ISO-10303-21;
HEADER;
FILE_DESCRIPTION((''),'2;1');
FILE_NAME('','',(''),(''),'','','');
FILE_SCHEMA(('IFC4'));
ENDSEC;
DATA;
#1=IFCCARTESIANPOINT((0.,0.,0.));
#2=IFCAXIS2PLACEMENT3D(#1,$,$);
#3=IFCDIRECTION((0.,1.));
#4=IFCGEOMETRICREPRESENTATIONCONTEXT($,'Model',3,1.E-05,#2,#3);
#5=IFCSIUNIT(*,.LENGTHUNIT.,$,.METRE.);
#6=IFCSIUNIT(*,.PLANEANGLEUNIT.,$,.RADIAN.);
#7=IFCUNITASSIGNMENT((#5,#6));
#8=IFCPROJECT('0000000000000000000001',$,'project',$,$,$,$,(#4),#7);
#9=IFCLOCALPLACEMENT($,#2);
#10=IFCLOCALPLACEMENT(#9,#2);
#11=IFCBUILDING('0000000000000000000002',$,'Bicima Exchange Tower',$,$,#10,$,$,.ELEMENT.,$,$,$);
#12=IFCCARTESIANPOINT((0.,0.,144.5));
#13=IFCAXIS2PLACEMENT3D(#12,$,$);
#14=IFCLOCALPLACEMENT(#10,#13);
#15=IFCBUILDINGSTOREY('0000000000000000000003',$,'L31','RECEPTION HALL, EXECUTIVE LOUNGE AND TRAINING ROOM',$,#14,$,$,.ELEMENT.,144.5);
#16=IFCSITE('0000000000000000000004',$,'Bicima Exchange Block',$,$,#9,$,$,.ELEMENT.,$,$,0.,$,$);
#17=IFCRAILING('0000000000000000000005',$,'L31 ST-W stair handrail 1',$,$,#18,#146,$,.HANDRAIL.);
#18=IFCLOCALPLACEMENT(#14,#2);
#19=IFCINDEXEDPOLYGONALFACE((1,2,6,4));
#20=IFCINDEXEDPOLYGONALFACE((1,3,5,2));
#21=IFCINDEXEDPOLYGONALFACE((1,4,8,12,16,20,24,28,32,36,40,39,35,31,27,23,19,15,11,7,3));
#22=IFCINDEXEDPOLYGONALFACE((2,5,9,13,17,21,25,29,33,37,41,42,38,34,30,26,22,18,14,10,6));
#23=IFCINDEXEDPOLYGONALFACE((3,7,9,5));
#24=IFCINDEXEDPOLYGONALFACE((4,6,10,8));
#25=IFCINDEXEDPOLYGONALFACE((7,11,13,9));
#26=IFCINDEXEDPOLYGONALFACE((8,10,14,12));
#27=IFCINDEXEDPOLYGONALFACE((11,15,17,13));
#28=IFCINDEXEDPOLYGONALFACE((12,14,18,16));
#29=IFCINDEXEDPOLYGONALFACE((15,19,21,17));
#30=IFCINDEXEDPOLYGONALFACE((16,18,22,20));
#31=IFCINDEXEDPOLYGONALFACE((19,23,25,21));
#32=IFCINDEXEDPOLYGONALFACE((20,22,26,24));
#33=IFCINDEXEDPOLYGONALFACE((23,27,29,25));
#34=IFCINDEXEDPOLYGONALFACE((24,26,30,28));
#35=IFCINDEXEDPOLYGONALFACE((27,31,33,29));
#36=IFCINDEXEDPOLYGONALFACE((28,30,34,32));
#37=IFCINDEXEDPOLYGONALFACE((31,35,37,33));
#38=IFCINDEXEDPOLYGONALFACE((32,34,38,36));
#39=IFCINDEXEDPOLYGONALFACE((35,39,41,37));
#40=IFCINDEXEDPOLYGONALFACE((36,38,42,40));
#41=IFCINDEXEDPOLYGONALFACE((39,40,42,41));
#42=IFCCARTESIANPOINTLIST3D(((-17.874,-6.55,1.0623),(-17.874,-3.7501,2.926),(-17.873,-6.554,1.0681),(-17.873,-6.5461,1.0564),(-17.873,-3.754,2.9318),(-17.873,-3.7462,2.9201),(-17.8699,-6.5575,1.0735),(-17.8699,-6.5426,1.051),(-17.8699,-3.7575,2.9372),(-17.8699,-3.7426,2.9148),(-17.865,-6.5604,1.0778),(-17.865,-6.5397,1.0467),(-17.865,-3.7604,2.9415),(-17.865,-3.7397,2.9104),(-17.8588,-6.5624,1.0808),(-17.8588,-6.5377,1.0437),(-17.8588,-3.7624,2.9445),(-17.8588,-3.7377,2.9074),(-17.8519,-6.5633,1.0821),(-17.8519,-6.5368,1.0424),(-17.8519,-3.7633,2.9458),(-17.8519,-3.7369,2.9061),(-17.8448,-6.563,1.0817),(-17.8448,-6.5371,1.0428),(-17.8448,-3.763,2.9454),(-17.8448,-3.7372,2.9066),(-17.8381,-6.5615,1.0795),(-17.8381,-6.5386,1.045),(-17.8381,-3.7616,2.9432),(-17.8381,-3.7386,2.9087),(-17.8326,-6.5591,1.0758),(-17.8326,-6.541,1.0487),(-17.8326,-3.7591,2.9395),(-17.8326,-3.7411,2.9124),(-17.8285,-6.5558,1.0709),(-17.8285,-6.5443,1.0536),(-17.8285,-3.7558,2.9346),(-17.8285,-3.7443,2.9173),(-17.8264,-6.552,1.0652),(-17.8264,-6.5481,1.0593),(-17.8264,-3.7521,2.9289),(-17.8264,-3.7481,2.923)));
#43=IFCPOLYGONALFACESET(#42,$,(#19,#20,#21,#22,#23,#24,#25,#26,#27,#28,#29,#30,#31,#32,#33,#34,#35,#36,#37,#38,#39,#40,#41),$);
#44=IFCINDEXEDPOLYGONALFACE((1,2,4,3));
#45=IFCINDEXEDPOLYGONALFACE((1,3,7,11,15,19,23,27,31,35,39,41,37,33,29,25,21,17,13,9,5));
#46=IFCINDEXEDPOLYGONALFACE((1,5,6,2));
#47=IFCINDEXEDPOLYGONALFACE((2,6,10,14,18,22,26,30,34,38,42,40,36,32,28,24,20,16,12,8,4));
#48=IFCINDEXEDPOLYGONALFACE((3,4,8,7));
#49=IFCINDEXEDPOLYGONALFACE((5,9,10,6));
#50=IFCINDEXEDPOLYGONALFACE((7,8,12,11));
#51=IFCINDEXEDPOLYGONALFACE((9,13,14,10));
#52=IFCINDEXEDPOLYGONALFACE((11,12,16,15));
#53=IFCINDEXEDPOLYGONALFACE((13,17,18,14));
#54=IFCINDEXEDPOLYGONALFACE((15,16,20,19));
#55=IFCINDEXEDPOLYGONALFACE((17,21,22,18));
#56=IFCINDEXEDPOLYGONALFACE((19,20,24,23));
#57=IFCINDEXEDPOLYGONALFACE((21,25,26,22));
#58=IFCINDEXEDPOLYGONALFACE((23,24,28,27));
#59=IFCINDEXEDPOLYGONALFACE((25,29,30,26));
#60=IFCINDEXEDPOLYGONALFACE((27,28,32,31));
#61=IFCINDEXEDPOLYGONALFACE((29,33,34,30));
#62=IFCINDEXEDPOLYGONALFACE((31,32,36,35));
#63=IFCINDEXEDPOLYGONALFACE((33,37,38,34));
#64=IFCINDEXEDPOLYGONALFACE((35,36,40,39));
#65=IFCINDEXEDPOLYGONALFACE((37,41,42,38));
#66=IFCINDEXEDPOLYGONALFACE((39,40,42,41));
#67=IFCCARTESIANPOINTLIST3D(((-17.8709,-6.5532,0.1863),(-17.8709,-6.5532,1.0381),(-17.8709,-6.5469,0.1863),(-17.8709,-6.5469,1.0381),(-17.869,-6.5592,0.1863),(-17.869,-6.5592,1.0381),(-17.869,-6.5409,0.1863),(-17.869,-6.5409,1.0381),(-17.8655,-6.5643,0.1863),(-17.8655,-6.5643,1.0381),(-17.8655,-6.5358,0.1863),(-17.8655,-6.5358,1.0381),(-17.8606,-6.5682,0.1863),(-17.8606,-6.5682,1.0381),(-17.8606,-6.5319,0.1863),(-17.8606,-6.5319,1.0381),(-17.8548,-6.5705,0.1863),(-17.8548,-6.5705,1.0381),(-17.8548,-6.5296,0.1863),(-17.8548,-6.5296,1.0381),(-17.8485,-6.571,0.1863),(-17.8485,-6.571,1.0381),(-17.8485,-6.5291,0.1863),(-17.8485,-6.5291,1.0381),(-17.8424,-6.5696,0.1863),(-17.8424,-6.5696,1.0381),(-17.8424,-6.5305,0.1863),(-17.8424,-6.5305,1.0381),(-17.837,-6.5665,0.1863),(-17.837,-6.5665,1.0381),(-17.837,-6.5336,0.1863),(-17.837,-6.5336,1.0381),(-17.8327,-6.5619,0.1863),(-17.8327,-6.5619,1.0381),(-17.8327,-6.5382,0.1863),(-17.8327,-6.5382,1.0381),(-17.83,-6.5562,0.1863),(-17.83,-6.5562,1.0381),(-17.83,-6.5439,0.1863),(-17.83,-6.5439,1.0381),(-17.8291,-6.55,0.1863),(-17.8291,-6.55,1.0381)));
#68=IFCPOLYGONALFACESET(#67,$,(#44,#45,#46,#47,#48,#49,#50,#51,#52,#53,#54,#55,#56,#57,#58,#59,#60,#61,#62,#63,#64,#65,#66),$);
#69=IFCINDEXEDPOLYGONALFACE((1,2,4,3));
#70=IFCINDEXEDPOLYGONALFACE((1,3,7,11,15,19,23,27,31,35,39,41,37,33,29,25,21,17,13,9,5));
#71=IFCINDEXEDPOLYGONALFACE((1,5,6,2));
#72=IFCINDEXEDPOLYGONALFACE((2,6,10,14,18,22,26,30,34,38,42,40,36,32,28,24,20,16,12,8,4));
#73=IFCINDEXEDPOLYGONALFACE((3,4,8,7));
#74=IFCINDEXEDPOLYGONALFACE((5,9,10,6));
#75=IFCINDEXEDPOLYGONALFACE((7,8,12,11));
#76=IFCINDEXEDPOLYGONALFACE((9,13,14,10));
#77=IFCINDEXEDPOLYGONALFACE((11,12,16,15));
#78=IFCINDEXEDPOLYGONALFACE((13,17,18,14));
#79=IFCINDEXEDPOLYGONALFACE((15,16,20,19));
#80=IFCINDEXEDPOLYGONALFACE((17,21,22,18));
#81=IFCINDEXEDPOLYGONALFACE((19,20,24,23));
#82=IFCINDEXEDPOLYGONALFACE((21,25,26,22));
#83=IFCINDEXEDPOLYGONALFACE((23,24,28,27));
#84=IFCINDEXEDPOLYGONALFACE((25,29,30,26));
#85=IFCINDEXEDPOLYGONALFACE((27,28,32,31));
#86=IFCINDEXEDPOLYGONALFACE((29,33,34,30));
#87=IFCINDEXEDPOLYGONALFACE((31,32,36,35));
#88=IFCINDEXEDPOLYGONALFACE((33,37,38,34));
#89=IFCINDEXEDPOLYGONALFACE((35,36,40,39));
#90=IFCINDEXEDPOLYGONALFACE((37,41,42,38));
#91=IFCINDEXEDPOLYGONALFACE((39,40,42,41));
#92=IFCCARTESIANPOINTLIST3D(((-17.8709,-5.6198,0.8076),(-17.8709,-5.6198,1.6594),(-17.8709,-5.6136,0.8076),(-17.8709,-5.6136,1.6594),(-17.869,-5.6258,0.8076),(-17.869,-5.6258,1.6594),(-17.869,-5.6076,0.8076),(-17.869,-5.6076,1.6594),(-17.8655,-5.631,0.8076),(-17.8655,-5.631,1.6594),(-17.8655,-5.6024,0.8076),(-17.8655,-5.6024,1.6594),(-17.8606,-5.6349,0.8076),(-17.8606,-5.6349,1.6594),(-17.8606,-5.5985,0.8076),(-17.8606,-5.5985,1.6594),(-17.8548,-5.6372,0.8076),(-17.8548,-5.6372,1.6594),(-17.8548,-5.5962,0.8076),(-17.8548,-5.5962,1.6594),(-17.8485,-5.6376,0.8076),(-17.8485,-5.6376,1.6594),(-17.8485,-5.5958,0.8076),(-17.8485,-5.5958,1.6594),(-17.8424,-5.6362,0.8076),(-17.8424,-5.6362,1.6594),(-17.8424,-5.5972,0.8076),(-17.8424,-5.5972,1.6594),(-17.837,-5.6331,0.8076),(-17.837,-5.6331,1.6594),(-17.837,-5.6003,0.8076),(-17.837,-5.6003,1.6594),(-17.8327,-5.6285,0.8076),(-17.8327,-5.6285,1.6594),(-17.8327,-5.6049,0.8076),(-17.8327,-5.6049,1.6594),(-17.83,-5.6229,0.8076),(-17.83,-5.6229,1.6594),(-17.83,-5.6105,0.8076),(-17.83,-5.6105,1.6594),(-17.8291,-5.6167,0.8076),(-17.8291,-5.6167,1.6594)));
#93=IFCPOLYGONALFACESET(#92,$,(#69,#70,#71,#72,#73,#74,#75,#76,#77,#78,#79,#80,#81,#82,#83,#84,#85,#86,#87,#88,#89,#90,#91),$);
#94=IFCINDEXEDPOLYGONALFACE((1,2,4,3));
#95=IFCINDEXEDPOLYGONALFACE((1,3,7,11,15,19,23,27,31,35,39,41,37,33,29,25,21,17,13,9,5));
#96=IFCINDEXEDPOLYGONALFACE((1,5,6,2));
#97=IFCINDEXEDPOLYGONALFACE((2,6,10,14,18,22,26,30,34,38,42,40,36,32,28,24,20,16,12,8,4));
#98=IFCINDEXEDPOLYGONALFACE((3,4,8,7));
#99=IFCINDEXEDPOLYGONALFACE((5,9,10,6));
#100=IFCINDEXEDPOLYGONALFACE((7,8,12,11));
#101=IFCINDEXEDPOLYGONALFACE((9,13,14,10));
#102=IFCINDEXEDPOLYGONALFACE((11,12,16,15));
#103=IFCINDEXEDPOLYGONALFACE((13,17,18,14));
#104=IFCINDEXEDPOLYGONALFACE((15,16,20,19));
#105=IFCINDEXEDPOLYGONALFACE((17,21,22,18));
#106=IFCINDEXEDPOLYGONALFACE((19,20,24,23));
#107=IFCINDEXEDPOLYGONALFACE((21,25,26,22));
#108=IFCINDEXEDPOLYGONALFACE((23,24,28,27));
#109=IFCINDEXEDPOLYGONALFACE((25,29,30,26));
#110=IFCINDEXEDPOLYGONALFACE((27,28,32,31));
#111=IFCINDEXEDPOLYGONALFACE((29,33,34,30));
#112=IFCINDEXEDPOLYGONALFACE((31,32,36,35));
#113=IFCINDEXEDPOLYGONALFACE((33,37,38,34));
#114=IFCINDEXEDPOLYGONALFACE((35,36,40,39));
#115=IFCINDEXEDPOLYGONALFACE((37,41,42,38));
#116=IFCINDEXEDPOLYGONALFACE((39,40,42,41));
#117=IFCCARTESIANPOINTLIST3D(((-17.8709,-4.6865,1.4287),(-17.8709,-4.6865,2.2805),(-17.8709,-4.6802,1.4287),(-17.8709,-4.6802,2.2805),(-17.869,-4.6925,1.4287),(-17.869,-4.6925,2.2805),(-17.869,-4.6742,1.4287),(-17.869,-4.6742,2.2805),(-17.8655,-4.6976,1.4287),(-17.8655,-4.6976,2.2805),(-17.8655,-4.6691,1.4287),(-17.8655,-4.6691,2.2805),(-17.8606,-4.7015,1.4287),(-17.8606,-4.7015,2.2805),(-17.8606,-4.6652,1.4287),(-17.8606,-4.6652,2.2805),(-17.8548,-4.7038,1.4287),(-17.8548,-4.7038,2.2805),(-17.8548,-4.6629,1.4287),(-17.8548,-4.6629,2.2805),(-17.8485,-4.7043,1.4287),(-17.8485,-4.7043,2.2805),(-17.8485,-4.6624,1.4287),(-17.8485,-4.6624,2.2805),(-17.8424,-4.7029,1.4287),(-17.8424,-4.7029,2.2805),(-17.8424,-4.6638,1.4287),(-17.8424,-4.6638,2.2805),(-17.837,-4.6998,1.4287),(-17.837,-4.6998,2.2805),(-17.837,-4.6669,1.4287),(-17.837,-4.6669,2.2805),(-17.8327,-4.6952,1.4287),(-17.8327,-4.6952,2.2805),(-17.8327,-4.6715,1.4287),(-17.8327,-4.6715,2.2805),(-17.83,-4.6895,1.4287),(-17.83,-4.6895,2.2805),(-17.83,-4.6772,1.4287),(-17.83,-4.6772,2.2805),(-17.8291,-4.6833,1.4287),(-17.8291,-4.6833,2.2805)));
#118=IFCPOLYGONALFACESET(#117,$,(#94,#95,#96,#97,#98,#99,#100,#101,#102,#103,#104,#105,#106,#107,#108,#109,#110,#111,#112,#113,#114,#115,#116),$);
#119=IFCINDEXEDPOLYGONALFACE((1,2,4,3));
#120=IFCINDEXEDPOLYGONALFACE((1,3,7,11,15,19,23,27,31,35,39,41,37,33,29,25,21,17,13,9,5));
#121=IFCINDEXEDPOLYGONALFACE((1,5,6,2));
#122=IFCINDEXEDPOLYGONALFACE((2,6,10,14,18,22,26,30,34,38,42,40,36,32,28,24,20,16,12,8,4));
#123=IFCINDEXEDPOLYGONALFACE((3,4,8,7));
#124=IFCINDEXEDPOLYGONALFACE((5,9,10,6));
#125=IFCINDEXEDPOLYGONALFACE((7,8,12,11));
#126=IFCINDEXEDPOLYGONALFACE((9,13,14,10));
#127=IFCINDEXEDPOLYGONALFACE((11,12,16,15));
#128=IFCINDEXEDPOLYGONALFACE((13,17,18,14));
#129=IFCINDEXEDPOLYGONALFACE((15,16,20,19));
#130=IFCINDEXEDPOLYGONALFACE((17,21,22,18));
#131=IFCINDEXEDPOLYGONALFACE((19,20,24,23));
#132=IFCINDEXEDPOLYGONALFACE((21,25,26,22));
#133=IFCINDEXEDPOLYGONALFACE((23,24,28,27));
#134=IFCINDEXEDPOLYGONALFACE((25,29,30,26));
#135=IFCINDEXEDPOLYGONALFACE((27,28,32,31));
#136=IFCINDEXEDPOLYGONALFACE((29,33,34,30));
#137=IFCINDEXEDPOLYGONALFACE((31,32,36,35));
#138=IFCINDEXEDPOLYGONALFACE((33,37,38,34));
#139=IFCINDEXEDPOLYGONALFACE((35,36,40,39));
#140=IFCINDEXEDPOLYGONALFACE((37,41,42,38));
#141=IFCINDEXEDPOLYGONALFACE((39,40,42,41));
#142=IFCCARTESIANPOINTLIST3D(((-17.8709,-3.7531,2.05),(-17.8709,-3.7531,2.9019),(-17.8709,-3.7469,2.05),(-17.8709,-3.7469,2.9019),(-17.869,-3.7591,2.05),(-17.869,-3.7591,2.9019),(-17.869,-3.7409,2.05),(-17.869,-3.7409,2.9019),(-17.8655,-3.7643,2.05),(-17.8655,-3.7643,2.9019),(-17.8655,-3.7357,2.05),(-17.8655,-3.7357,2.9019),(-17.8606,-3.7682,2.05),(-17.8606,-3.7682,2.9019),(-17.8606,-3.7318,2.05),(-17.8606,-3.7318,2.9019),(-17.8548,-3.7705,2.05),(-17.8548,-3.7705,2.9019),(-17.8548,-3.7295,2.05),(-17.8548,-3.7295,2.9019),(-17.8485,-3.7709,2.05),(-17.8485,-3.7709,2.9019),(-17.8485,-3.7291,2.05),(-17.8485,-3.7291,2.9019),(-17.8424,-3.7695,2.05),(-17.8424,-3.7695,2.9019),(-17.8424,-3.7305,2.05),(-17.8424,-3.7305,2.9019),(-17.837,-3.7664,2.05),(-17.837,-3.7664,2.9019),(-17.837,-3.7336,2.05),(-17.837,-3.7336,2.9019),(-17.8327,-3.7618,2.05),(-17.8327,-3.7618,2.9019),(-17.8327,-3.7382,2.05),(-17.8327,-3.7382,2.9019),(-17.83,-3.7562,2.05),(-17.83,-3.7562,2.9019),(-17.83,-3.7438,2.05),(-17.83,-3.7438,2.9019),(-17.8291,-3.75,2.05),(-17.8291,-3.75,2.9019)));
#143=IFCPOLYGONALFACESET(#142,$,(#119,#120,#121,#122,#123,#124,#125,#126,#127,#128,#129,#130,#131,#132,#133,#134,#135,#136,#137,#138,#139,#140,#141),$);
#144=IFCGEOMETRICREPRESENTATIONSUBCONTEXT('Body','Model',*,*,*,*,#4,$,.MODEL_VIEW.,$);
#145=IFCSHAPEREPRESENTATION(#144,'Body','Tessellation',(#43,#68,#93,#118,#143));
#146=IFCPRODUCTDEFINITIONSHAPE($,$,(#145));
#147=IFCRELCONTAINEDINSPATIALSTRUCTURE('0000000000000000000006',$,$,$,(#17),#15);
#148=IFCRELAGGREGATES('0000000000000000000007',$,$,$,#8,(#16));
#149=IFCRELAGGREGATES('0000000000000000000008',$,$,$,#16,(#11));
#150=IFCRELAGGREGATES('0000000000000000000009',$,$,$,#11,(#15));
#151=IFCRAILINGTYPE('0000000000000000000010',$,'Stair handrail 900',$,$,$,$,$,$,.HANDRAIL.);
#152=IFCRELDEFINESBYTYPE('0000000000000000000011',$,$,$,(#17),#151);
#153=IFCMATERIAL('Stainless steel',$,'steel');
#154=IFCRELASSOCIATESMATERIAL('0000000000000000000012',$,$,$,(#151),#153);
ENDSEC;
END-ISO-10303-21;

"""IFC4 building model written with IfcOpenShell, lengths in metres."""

from ifc_helpers import new_model, si_unit, direction, frame, origin, origin_2d, place, context, subcontext, project, spatial, circle, extrude, material, type_object, element, save


model = new_model("IFC4")

# Units and contexts
model_context = context("Model", 3, precision=1e-05, world=origin(), true_north=direction((0.0, 1.0)))
body_context = subcontext(model_context, "Body", "Model", "MODEL_VIEW")
ifc_project = project(units=[si_unit("LENGTHUNIT", "METRE"), si_unit("PLANEANGLEUNIT", "RADIAN")], contexts=[model_context])

# Site, building, storey
site_placement = place(None, origin())
site = spatial("IfcSite", under=ifc_project, at=site_placement, Name="Bicima Exchange Block", CompositionType="ELEMENT", RefElevation=0.0)
building_placement = place(site_placement, origin())
building = spatial("IfcBuilding", under=site, at=building_placement, Name="Bicima Exchange Tower", CompositionType="ELEMENT")
storey_placement = place(building_placement, frame((0.0, 0.0, 144.5)))
storey = spatial("IfcBuildingStorey", under=building, at=storey_placement, Name="L31", Description="RECEPTION HALL, EXECUTIVE LOUNGE AND TRAINING ROOM", CompositionType="ELEMENT", Elevation=144.5)

# Shared definitions
ifc_material_1 = material(Name="Stainless steel", Category="steel")

# Railing
railing_type_1 = type_object("IfcRailingType", Name="Stair handrail 900", PredefinedType="HANDRAIL", material=ifc_material_1)
railing_1_placement = place(storey_placement, frame((-17.8501, -6.55, 0.1863)))
element("IfcRailing", 1, at=railing_1_placement, inside=storey, type_object=railing_type_1, Name="L31 ST-W stair handrail 1", PredefinedType="HANDRAIL", context=body_context, shape_type="SweptSolid", body=[
    extrude(circle(Radius=0.0239, at=origin_2d()), frame((0.0, 0.0, 0.876), z_axis=(0.0, 0.832452, 0.554097), x_axis=(-1.0, 0.0, 0.0)), (0.0, 0.0, 1.0), 3.3635),
    extrude(circle(Radius=0.021, at=origin_2d()), origin(), (0.0, 0.0, 1.0), 0.8518),
    extrude(circle(Radius=0.021, at=origin_2d()), frame((0.0, 0.9333, 0.6213)), (0.0, 0.0, 1.0), 0.8518),
    extrude(circle(Radius=0.021, at=origin_2d()), frame((0.0, 1.8667, 1.2424)), (0.0, 0.0, 1.0), 0.8518),
    extrude(circle(Radius=0.021, at=origin_2d()), frame((0.0, 2.8, 1.8638)), (0.0, 0.0, 1.0), 0.8518),
])

save(model, "model.ifc")
